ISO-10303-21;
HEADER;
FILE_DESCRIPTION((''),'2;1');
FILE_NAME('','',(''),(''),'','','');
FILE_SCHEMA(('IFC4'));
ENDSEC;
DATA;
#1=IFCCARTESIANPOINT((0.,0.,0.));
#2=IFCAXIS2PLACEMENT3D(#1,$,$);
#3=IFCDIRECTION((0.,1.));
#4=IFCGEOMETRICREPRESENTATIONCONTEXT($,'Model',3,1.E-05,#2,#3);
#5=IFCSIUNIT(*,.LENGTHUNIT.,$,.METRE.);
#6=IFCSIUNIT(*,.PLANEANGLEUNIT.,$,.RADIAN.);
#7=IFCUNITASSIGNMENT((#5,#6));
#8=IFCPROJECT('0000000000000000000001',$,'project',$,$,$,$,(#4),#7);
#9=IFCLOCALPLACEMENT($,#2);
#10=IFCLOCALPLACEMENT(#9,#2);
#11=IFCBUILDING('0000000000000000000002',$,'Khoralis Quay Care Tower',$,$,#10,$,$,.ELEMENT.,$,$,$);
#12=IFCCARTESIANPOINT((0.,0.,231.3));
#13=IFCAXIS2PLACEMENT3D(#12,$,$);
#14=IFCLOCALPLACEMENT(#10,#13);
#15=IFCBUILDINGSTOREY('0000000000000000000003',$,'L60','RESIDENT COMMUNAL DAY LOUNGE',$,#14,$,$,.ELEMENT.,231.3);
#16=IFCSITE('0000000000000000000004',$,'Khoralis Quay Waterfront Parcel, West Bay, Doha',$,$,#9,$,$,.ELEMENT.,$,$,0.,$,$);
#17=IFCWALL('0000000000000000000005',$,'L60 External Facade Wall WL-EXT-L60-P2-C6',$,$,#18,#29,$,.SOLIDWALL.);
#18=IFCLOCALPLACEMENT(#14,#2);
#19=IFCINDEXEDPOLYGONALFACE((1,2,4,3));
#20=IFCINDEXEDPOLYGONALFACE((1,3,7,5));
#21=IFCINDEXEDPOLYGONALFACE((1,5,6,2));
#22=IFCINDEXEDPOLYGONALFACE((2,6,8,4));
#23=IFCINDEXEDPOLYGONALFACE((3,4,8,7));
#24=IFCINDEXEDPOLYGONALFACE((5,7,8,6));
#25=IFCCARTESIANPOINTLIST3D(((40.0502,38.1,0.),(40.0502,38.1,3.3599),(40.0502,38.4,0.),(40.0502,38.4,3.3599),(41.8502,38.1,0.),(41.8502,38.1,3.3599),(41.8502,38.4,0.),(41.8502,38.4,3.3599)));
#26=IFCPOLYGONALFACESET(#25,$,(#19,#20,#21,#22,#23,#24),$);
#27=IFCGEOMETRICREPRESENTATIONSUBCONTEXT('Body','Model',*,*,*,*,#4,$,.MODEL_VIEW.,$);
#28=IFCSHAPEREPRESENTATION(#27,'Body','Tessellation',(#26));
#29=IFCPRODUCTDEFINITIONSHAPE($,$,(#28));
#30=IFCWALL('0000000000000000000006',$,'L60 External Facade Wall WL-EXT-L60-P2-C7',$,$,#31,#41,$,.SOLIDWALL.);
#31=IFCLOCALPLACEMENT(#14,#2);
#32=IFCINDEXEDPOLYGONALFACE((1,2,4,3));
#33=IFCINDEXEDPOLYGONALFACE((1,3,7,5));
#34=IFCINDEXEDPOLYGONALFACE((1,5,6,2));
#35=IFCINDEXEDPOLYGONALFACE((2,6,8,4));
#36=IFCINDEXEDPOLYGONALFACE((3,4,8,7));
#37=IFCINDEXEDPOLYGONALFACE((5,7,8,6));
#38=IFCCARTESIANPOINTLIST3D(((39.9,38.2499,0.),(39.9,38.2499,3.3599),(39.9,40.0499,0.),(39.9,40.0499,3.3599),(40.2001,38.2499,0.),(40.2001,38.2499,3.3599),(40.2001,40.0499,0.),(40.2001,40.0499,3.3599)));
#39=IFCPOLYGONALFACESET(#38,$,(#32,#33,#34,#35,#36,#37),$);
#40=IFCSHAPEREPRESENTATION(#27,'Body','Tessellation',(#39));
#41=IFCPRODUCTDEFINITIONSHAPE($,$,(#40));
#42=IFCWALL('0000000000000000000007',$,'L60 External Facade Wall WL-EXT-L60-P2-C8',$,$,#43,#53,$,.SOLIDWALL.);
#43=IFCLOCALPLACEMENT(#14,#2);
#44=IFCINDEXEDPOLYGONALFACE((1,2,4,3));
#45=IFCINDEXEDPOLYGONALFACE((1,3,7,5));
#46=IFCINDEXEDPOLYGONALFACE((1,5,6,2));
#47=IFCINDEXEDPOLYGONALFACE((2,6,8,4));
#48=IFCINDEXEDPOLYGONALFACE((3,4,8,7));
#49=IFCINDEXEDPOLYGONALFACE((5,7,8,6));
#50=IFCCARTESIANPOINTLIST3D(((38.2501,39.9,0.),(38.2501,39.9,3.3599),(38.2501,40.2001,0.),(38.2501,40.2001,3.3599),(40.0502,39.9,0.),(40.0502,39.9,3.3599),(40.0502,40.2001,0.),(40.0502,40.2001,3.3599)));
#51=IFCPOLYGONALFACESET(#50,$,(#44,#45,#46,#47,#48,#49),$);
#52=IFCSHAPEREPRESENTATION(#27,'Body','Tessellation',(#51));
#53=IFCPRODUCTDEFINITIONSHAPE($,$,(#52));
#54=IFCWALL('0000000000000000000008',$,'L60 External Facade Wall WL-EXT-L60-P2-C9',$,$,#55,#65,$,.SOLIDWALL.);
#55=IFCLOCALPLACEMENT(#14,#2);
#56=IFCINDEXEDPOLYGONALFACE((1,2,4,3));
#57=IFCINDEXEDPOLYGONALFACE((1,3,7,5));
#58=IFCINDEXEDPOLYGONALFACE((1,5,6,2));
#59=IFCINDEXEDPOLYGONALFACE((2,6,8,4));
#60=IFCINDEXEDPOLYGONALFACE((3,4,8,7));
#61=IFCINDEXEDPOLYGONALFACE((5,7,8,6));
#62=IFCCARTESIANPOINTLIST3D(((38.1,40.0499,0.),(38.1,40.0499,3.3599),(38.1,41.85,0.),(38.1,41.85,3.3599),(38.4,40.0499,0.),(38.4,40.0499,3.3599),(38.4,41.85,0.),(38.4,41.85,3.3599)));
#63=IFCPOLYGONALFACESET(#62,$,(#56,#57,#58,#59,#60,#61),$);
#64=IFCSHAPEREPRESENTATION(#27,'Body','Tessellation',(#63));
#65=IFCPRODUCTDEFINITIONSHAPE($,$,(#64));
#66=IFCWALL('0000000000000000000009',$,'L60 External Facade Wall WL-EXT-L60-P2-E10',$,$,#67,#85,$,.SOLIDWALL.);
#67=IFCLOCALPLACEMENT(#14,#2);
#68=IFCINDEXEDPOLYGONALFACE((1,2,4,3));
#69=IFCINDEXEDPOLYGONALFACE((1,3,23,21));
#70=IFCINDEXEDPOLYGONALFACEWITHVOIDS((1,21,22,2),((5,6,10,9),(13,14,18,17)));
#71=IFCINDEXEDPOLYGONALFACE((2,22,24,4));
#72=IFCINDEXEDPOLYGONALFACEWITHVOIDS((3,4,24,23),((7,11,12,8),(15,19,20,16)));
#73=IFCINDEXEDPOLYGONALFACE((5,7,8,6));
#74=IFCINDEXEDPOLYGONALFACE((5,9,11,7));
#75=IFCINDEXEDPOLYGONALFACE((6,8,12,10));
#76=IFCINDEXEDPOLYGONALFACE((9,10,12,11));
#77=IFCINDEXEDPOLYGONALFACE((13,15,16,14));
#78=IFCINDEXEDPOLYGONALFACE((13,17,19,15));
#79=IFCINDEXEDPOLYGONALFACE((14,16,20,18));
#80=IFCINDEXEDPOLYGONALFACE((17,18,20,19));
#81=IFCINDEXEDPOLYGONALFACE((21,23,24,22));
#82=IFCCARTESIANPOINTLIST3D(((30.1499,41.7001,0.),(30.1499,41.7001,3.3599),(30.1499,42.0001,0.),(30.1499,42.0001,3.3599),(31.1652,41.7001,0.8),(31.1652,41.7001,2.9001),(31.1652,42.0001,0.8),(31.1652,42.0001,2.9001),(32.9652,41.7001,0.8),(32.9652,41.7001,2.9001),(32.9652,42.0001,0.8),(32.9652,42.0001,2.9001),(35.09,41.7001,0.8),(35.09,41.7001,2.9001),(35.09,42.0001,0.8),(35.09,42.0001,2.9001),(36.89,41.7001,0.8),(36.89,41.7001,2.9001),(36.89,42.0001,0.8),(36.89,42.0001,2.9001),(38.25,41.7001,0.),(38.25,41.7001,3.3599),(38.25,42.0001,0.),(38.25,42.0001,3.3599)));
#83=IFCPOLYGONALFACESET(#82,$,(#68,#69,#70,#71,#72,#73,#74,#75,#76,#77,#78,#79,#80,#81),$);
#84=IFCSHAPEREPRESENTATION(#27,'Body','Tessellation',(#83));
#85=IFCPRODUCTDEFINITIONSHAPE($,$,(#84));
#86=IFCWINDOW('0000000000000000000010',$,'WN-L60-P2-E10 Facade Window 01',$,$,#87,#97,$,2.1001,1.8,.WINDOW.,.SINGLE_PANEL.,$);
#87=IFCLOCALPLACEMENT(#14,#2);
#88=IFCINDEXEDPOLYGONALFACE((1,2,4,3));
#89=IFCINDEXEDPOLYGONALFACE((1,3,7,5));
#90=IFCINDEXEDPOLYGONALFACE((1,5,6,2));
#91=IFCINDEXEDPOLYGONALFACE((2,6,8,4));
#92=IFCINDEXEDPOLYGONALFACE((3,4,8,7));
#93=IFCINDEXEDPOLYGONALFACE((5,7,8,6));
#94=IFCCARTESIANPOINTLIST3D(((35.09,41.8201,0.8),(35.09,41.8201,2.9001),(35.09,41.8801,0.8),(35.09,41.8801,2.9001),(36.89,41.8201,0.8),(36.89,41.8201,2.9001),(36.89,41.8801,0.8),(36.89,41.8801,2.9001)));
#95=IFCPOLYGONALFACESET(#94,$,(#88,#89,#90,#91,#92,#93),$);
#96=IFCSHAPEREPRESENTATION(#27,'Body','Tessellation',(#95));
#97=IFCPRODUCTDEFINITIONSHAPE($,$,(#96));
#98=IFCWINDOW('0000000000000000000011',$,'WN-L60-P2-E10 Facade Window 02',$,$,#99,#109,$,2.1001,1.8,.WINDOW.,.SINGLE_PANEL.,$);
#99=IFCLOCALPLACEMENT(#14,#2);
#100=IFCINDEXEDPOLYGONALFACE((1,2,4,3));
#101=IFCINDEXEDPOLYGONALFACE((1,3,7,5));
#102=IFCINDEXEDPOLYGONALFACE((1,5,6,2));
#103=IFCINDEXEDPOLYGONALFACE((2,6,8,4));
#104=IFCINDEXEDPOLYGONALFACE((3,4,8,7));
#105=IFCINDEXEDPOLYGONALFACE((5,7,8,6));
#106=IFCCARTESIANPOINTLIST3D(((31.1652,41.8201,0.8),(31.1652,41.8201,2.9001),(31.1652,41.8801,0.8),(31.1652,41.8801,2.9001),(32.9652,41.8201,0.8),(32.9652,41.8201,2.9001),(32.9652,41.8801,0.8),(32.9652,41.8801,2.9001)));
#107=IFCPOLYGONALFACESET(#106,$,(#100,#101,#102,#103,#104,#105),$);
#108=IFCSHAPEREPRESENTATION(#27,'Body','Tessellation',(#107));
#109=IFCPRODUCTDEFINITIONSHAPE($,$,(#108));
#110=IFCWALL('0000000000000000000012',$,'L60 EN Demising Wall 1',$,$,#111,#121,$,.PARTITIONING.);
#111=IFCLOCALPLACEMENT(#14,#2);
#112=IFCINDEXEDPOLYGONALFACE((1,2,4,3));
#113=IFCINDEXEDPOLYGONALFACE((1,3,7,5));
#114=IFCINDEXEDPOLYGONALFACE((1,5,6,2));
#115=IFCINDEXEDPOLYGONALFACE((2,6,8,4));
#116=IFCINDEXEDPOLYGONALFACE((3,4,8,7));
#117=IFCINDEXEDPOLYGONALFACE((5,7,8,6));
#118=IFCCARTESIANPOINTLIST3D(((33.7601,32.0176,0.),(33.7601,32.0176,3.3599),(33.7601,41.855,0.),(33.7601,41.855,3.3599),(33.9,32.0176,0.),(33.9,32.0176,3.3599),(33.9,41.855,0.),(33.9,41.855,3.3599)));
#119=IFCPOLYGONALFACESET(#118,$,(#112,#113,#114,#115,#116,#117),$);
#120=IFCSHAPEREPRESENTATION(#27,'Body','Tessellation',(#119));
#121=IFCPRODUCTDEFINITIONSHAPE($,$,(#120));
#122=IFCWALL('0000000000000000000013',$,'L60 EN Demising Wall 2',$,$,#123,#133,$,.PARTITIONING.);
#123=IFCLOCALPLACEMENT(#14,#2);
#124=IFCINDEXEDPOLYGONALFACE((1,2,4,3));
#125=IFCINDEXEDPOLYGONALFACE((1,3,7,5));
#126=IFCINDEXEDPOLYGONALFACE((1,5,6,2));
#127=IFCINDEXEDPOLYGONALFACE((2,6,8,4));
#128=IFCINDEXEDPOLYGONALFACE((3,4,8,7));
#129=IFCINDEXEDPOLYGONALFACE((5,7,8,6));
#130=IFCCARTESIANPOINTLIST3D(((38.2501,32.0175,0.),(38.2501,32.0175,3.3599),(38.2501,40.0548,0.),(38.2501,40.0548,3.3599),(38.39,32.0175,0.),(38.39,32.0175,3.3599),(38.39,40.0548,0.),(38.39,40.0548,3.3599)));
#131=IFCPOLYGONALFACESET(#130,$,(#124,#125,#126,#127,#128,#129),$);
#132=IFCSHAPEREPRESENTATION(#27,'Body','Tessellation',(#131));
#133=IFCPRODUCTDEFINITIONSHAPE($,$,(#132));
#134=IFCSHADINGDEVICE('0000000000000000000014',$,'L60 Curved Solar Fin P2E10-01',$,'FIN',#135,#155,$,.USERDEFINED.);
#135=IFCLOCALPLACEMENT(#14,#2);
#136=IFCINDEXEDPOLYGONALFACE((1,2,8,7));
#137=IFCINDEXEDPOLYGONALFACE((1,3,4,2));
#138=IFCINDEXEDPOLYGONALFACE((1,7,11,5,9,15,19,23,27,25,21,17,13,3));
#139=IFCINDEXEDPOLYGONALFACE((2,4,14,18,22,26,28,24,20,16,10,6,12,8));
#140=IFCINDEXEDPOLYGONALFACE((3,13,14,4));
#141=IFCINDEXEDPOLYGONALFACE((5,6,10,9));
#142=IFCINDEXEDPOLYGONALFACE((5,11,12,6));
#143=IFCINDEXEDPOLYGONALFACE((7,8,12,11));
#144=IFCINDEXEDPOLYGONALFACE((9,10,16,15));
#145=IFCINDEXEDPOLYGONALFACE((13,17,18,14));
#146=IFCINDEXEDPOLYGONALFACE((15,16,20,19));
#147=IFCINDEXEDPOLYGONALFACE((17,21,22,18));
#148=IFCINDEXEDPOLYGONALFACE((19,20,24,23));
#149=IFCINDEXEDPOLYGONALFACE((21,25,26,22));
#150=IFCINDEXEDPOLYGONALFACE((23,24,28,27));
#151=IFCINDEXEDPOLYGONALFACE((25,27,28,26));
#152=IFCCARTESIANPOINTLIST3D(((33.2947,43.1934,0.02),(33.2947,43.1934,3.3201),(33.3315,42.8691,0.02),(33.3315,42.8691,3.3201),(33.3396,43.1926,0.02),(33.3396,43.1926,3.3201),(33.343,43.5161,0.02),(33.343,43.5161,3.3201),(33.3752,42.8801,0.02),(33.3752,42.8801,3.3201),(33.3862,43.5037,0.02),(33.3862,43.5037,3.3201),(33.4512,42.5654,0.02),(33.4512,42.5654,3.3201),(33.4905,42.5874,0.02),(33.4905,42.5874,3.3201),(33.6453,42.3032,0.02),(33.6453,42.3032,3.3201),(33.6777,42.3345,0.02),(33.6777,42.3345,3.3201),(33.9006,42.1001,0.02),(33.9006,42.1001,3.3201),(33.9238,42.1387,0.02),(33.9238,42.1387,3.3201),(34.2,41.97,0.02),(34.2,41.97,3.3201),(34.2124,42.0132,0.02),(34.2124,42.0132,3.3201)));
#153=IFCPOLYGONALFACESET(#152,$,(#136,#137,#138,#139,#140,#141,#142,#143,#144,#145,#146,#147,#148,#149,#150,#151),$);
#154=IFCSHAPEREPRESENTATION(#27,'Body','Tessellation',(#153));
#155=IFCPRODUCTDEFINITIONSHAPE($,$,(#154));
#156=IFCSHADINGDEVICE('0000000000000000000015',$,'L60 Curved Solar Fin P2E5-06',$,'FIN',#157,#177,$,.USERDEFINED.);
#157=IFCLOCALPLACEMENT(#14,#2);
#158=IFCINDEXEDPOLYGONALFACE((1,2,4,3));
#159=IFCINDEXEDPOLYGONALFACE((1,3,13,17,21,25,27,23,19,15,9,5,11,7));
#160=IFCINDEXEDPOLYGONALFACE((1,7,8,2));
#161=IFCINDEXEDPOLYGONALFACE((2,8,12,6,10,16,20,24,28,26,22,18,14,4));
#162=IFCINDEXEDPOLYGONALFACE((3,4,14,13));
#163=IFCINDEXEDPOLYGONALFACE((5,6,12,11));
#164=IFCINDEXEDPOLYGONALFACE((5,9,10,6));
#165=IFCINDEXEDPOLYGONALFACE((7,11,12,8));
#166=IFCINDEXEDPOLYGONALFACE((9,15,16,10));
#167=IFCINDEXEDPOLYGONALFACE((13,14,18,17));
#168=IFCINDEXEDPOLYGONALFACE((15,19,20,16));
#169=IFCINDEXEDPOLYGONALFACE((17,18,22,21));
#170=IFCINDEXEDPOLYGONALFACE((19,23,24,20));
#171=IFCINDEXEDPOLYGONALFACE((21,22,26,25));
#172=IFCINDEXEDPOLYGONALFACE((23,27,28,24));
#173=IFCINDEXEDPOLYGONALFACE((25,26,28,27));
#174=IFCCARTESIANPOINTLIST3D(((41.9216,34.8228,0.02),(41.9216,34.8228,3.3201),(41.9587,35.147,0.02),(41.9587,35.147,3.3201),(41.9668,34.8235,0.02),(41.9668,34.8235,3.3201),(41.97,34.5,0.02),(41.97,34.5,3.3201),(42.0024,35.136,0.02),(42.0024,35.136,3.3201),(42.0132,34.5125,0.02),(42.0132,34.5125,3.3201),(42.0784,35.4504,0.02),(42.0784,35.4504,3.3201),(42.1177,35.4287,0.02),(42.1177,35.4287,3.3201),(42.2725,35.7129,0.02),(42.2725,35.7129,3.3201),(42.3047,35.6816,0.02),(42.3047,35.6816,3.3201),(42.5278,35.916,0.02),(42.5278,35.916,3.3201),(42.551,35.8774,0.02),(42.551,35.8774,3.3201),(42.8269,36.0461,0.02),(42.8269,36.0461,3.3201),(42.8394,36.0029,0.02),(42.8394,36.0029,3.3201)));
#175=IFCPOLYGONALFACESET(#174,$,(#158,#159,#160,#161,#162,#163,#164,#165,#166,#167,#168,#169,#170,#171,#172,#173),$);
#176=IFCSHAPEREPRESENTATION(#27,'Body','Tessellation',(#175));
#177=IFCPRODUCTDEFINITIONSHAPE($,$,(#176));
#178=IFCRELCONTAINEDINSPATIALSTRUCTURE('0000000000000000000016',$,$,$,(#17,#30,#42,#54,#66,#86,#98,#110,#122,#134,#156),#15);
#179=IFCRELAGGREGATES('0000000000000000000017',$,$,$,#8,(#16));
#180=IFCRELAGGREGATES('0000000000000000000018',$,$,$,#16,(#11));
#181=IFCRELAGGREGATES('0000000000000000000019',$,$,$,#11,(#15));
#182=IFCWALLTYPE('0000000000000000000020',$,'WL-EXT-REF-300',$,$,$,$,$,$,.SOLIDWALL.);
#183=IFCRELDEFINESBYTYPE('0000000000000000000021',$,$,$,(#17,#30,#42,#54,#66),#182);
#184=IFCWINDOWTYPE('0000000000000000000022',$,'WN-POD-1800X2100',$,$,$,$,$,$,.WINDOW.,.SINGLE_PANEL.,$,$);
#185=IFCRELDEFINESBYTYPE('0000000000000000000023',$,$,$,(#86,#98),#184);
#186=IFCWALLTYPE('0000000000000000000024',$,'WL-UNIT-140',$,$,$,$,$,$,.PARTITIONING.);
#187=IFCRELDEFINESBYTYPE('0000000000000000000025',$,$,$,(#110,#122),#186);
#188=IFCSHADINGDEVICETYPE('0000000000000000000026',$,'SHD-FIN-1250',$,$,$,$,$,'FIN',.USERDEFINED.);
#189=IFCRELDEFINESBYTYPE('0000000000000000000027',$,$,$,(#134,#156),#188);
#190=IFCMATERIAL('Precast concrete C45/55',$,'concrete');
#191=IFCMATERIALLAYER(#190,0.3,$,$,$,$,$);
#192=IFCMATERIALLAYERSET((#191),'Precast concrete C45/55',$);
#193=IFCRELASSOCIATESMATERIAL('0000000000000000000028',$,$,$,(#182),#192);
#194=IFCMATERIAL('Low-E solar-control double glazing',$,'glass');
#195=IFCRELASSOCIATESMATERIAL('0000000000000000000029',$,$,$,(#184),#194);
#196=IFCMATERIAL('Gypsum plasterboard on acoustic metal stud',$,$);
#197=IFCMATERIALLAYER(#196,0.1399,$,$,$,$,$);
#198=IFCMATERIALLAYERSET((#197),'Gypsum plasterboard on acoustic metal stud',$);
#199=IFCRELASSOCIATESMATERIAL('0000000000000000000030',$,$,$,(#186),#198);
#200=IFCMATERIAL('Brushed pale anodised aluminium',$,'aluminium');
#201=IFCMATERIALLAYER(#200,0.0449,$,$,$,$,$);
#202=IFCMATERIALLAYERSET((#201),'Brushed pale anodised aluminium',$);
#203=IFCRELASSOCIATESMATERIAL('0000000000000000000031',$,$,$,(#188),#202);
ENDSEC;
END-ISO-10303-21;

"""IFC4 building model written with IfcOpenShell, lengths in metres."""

from ifc_helpers import new_model, si_unit, direction, frame, frame_2d, origin, place, context, subcontext, project, spatial, polyline, rectangle, outline, extrude, source, transform, mapped, material, layer, layer_set, type_object, element, fill, save


model = new_model("IFC4")

# Units and contexts
model_context = context("Model", 3, precision=1e-05, world=origin(), true_north=direction((0.0, 1.0)))
body_context = subcontext(model_context, "Body", "Model", "MODEL_VIEW")
ifc_project = project(units=[si_unit("LENGTHUNIT", "METRE"), si_unit("PLANEANGLEUNIT", "RADIAN")], contexts=[model_context])

# Site, building, storey
site_placement = place(None, origin())
site = spatial("IfcSite", under=ifc_project, at=site_placement, Name="Khoralis Quay Waterfront Parcel, West Bay, Doha", CompositionType="ELEMENT", RefElevation=0.0)
building_placement = place(site_placement, origin())
building = spatial("IfcBuilding", under=site, at=building_placement, Name="Khoralis Quay Care Tower", CompositionType="ELEMENT")
storey_placement = place(building_placement, frame((0.0, 0.0, 231.3)))
storey = spatial("IfcBuildingStorey", under=building, at=storey_placement, Name="L60", Description="RESIDENT COMMUNAL DAY LOUNGE", CompositionType="ELEMENT", Elevation=231.3)

# Shared definitions
ifc_material_1 = material(Name="Gypsum plasterboard on acoustic metal stud")

# Walls
ifc_material_2 = material(Name="Precast concrete C45/55", Category="concrete")
ifc_layer_1 = layer(ifc_material_2, 0.3)
ifc_layer_set_1 = layer_set([ifc_layer_1], Name="Precast concrete C45/55")
wall_type_1 = type_object("IfcWallType", Name="WL-EXT-REF-300", PredefinedType="SOLIDWALL", material=ifc_layer_set_1)
for number, where, z_axis, x_axis, name in (
    (1, (41.8501, 38.25, 0.0), (0.0, 0.0, 1.0), (-1.0, 0.0, 0.0), "L60 External Facade Wall WL-EXT-L60-P2-C6"),
    (2, (40.05, 38.25, 0.0), (0.0, 0.0, 1.0), (0.0, 1.0, 0.0), "L60 External Facade Wall WL-EXT-L60-P2-C7"),
    (3, (40.05, 40.05, 0.0), (0.0, 0.0, 1.0), (-1.0, 0.0, 0.0), "L60 External Facade Wall WL-EXT-L60-P2-C8"),
    (4, (38.25, 40.05, 0.0), (0.0, 0.0, 1.0), (0.0, 1.0, 0.0), "L60 External Facade Wall WL-EXT-L60-P2-C9"),
):
    element("IfcWall", number, at=place(storey_placement, frame(where, z_axis=z_axis, x_axis=x_axis)), inside=storey, type_object=wall_type_1, Name=name, PredefinedType="SOLIDWALL", context=body_context, shape_type="SweptSolid", body=[
        extrude(rectangle(XDim=1.8, YDim=0.3, at=frame_2d((0.8999, 0.0))), origin(), (0.0, 0.0, 1.0), 3.3599),
    ])

# Wall, openings, windows
wall_1_placement = place(storey_placement, frame((38.25, 41.8501, 0.0), z_axis=(0.0, 0.0, 1.0), x_axis=(-1.0, 0.0, 0.0)))
wall_1 = element("IfcWall", 5, at=wall_1_placement, inside=storey, type_object=wall_type_1, Name="L60 External Facade Wall WL-EXT-L60-P2-E10", PredefinedType="SOLIDWALL", context=body_context, shape_type="SweptSolid", body=[
    extrude(rectangle(XDim=8.1001, YDim=0.3, at=frame_2d((4.05, 0.0))), origin(), (0.0, 0.0, 1.0), 3.3599),
])
opening_1_placement = place(wall_1_placement, frame((1.3601, 0.0, 0.8)))
opening_1 = element("IfcOpeningElement", 6, at=opening_1_placement, cuts=wall_1, PredefinedType="OPENING", context=body_context, shape_type="SweptSolid", body=[
    extrude(rectangle(XDim=1.8, YDim=2.1001, at=frame_2d((0.8999, 1.05))), frame((0.0, 0.1602, 0.0), z_axis=(0.0, -1.0, 0.0), x_axis=(1.0, 0.0, 0.0)), (0.0, 0.0, 1.0), 0.3201),
])
opening_2_placement = place(wall_1_placement, frame((5.2849, 0.0, 0.8)))
opening_2 = element("IfcOpeningElement", 7, at=opening_2_placement, cuts=wall_1, PredefinedType="OPENING", context=body_context, shape_type="SweptSolid", body=[
    extrude(rectangle(XDim=1.8, YDim=2.1001, at=frame_2d((0.8999, 1.05))), frame((0.0, 0.1602, 0.0), z_axis=(0.0, -1.0, 0.0), x_axis=(1.0, 0.0, 0.0)), (0.0, 0.0, 1.0), 0.3201),
])
ifc_material_3 = material(Name="Low-E solar-control double glazing", Category="glass")
window_type = type_object("IfcWindowType", Name="WN-POD-1800X2100", PartitioningType="SINGLE_PANEL", PredefinedType="WINDOW", material=ifc_material_3)
shared_shape_1 = source(origin(), body_context, "Body", "SweptSolid", [
    extrude(rectangle(XDim=1.8, YDim=2.1001, at=frame_2d((0.8999, 1.05))), frame((0.0, 0.03, 0.0), z_axis=(0.0, -1.0, 0.0), x_axis=(1.0, 0.0, 0.0)), (0.0, 0.0, 1.0), 0.0601),
])
window_1_placement = place(opening_1_placement, origin())
window_1 = element("IfcWindow", 8, at=window_1_placement, inside=storey, type_object=window_type, Name="WN-L60-P2-E10 Facade Window 01", OverallHeight=2.1001, OverallWidth=1.8, PartitioningType="SINGLE_PANEL", PredefinedType="WINDOW", context=body_context, shape_type="MappedRepresentation", body=[
    mapped(shared_shape_1, transform((0.0, 0.0, 0.0), scale=1.0)),
])
fill(opening_1, window_1)
window_2_placement = place(opening_2_placement, origin())
window_2 = element("IfcWindow", 9, at=window_2_placement, inside=storey, type_object=window_type, Name="WN-L60-P2-E10 Facade Window 02", OverallHeight=2.1001, OverallWidth=1.8, PartitioningType="SINGLE_PANEL", PredefinedType="WINDOW", context=body_context, shape_type="MappedRepresentation", body=[
    mapped(shared_shape_1, transform((0.0, 0.0, 0.0), scale=1.0)),
])
fill(opening_2, window_2)

# Walls
ifc_layer_2 = layer(ifc_material_1, 0.1399)
ifc_layer_set_2 = layer_set([ifc_layer_2], Name="Gypsum plasterboard on acoustic metal stud")
wall_type_2 = type_object("IfcWallType", Name="WL-UNIT-140", PredefinedType="PARTITIONING", material=ifc_layer_set_2)
wall_2_placement = place(storey_placement, frame((33.8301, 32.0176, 0.0), z_axis=(0.0, 0.0, 1.0), x_axis=(0.0, 1.0, 0.0)))
element("IfcWall", 10, at=wall_2_placement, inside=storey, type_object=wall_type_2, Name="L60 EN Demising Wall 1", PredefinedType="PARTITIONING", context=body_context, shape_type="SweptSolid", body=[
    extrude(rectangle(XDim=9.8374, YDim=0.1399, at=frame_2d((4.9187, 0.0))), origin(), (0.0, 0.0, 1.0), 3.3599),
])
wall_3_placement = place(storey_placement, frame((38.3201, 32.0176, 0.0), z_axis=(0.0, 0.0, 1.0), x_axis=(0.0, 1.0, 0.0)))
element("IfcWall", 11, at=wall_3_placement, inside=storey, type_object=wall_type_2, Name="L60 EN Demising Wall 2", PredefinedType="PARTITIONING", context=body_context, shape_type="SweptSolid", body=[
    extrude(rectangle(XDim=8.0374, YDim=0.1399, at=frame_2d((4.0186, 0.0))), origin(), (0.0, 0.0, 1.0), 3.3599),
])

# Shading devices
ifc_material_4 = material(Name="Brushed pale anodised aluminium", Category="aluminium")
ifc_layer_3 = layer(ifc_material_4, 0.0449)
ifc_layer_set_3 = layer_set([ifc_layer_3], Name="Brushed pale anodised aluminium")
shading_device_type = type_object("IfcShadingDeviceType", Name="SHD-FIN-1250", ElementType="FIN", PredefinedType="USERDEFINED", material=ifc_layer_set_3)
shared_shape_2 = source(origin(), body_context, "Body", "SweptSolid", [
    extrude(outline(polyline([(0.0, 0.0), (0.1301, 0.2993), (0.3333, 0.5547), (0.5955, 0.7488), (0.8992, 0.8684), (1.2234, 0.9053), (1.5461, 0.8569), (1.5337, 0.8137), (1.2227, 0.8604), (0.9102, 0.8247), (0.6174, 0.7095), (0.3645, 0.5222), (0.1687, 0.2761), (0.0432, -0.0125), (0.0, 0.0)])), origin(), (0.0, 0.0, 1.0), 3.3),
])
shading_device_1_placement = place(storey_placement, frame((34.2, 41.97, 0.02), z_axis=(0.0, 0.0, 1.0), x_axis=(0.0, 1.0, 0.0)))
element("IfcShadingDevice", 12, at=shading_device_1_placement, inside=storey, type_object=shading_device_type, Name="L60 Curved Solar Fin P2E10-01", ObjectType="FIN", PredefinedType="USERDEFINED", context=body_context, shape_type="MappedRepresentation", body=[
    mapped(shared_shape_2, transform((0.0, 0.0, 0.0), scale=1.0)),
])
shared_shape_3 = source(origin(), body_context, "Body", "SweptSolid", [
    extrude(outline(polyline([(0.0, 0.0), (-0.0483, 0.3228), (-0.0112, 0.647), (0.1084, 0.9504), (0.3025, 1.2129), (0.5579, 1.416), (0.8569, 1.5461), (0.8694, 1.5029), (0.5811, 1.3774), (0.3347, 1.1816), (0.1477, 0.9287), (0.0325, 0.636), (-0.0032, 0.3235), (0.0432, 0.0125), (0.0, 0.0)])), origin(), (0.0, 0.0, 1.0), 3.3),
])
shading_device_2_placement = place(storey_placement, frame((41.97, 34.5, 0.02), z_axis=(0.0, 0.0, 1.0), x_axis=(1.0, 0.0, 0.0)))
element("IfcShadingDevice", 13, at=shading_device_2_placement, inside=storey, type_object=shading_device_type, Name="L60 Curved Solar Fin P2E5-06", ObjectType="FIN", PredefinedType="USERDEFINED", context=body_context, shape_type="MappedRepresentation", body=[
    mapped(shared_shape_3, transform((0.0, 0.0, 0.0), scale=1.0)),
])

save(model, "model.ifc")
